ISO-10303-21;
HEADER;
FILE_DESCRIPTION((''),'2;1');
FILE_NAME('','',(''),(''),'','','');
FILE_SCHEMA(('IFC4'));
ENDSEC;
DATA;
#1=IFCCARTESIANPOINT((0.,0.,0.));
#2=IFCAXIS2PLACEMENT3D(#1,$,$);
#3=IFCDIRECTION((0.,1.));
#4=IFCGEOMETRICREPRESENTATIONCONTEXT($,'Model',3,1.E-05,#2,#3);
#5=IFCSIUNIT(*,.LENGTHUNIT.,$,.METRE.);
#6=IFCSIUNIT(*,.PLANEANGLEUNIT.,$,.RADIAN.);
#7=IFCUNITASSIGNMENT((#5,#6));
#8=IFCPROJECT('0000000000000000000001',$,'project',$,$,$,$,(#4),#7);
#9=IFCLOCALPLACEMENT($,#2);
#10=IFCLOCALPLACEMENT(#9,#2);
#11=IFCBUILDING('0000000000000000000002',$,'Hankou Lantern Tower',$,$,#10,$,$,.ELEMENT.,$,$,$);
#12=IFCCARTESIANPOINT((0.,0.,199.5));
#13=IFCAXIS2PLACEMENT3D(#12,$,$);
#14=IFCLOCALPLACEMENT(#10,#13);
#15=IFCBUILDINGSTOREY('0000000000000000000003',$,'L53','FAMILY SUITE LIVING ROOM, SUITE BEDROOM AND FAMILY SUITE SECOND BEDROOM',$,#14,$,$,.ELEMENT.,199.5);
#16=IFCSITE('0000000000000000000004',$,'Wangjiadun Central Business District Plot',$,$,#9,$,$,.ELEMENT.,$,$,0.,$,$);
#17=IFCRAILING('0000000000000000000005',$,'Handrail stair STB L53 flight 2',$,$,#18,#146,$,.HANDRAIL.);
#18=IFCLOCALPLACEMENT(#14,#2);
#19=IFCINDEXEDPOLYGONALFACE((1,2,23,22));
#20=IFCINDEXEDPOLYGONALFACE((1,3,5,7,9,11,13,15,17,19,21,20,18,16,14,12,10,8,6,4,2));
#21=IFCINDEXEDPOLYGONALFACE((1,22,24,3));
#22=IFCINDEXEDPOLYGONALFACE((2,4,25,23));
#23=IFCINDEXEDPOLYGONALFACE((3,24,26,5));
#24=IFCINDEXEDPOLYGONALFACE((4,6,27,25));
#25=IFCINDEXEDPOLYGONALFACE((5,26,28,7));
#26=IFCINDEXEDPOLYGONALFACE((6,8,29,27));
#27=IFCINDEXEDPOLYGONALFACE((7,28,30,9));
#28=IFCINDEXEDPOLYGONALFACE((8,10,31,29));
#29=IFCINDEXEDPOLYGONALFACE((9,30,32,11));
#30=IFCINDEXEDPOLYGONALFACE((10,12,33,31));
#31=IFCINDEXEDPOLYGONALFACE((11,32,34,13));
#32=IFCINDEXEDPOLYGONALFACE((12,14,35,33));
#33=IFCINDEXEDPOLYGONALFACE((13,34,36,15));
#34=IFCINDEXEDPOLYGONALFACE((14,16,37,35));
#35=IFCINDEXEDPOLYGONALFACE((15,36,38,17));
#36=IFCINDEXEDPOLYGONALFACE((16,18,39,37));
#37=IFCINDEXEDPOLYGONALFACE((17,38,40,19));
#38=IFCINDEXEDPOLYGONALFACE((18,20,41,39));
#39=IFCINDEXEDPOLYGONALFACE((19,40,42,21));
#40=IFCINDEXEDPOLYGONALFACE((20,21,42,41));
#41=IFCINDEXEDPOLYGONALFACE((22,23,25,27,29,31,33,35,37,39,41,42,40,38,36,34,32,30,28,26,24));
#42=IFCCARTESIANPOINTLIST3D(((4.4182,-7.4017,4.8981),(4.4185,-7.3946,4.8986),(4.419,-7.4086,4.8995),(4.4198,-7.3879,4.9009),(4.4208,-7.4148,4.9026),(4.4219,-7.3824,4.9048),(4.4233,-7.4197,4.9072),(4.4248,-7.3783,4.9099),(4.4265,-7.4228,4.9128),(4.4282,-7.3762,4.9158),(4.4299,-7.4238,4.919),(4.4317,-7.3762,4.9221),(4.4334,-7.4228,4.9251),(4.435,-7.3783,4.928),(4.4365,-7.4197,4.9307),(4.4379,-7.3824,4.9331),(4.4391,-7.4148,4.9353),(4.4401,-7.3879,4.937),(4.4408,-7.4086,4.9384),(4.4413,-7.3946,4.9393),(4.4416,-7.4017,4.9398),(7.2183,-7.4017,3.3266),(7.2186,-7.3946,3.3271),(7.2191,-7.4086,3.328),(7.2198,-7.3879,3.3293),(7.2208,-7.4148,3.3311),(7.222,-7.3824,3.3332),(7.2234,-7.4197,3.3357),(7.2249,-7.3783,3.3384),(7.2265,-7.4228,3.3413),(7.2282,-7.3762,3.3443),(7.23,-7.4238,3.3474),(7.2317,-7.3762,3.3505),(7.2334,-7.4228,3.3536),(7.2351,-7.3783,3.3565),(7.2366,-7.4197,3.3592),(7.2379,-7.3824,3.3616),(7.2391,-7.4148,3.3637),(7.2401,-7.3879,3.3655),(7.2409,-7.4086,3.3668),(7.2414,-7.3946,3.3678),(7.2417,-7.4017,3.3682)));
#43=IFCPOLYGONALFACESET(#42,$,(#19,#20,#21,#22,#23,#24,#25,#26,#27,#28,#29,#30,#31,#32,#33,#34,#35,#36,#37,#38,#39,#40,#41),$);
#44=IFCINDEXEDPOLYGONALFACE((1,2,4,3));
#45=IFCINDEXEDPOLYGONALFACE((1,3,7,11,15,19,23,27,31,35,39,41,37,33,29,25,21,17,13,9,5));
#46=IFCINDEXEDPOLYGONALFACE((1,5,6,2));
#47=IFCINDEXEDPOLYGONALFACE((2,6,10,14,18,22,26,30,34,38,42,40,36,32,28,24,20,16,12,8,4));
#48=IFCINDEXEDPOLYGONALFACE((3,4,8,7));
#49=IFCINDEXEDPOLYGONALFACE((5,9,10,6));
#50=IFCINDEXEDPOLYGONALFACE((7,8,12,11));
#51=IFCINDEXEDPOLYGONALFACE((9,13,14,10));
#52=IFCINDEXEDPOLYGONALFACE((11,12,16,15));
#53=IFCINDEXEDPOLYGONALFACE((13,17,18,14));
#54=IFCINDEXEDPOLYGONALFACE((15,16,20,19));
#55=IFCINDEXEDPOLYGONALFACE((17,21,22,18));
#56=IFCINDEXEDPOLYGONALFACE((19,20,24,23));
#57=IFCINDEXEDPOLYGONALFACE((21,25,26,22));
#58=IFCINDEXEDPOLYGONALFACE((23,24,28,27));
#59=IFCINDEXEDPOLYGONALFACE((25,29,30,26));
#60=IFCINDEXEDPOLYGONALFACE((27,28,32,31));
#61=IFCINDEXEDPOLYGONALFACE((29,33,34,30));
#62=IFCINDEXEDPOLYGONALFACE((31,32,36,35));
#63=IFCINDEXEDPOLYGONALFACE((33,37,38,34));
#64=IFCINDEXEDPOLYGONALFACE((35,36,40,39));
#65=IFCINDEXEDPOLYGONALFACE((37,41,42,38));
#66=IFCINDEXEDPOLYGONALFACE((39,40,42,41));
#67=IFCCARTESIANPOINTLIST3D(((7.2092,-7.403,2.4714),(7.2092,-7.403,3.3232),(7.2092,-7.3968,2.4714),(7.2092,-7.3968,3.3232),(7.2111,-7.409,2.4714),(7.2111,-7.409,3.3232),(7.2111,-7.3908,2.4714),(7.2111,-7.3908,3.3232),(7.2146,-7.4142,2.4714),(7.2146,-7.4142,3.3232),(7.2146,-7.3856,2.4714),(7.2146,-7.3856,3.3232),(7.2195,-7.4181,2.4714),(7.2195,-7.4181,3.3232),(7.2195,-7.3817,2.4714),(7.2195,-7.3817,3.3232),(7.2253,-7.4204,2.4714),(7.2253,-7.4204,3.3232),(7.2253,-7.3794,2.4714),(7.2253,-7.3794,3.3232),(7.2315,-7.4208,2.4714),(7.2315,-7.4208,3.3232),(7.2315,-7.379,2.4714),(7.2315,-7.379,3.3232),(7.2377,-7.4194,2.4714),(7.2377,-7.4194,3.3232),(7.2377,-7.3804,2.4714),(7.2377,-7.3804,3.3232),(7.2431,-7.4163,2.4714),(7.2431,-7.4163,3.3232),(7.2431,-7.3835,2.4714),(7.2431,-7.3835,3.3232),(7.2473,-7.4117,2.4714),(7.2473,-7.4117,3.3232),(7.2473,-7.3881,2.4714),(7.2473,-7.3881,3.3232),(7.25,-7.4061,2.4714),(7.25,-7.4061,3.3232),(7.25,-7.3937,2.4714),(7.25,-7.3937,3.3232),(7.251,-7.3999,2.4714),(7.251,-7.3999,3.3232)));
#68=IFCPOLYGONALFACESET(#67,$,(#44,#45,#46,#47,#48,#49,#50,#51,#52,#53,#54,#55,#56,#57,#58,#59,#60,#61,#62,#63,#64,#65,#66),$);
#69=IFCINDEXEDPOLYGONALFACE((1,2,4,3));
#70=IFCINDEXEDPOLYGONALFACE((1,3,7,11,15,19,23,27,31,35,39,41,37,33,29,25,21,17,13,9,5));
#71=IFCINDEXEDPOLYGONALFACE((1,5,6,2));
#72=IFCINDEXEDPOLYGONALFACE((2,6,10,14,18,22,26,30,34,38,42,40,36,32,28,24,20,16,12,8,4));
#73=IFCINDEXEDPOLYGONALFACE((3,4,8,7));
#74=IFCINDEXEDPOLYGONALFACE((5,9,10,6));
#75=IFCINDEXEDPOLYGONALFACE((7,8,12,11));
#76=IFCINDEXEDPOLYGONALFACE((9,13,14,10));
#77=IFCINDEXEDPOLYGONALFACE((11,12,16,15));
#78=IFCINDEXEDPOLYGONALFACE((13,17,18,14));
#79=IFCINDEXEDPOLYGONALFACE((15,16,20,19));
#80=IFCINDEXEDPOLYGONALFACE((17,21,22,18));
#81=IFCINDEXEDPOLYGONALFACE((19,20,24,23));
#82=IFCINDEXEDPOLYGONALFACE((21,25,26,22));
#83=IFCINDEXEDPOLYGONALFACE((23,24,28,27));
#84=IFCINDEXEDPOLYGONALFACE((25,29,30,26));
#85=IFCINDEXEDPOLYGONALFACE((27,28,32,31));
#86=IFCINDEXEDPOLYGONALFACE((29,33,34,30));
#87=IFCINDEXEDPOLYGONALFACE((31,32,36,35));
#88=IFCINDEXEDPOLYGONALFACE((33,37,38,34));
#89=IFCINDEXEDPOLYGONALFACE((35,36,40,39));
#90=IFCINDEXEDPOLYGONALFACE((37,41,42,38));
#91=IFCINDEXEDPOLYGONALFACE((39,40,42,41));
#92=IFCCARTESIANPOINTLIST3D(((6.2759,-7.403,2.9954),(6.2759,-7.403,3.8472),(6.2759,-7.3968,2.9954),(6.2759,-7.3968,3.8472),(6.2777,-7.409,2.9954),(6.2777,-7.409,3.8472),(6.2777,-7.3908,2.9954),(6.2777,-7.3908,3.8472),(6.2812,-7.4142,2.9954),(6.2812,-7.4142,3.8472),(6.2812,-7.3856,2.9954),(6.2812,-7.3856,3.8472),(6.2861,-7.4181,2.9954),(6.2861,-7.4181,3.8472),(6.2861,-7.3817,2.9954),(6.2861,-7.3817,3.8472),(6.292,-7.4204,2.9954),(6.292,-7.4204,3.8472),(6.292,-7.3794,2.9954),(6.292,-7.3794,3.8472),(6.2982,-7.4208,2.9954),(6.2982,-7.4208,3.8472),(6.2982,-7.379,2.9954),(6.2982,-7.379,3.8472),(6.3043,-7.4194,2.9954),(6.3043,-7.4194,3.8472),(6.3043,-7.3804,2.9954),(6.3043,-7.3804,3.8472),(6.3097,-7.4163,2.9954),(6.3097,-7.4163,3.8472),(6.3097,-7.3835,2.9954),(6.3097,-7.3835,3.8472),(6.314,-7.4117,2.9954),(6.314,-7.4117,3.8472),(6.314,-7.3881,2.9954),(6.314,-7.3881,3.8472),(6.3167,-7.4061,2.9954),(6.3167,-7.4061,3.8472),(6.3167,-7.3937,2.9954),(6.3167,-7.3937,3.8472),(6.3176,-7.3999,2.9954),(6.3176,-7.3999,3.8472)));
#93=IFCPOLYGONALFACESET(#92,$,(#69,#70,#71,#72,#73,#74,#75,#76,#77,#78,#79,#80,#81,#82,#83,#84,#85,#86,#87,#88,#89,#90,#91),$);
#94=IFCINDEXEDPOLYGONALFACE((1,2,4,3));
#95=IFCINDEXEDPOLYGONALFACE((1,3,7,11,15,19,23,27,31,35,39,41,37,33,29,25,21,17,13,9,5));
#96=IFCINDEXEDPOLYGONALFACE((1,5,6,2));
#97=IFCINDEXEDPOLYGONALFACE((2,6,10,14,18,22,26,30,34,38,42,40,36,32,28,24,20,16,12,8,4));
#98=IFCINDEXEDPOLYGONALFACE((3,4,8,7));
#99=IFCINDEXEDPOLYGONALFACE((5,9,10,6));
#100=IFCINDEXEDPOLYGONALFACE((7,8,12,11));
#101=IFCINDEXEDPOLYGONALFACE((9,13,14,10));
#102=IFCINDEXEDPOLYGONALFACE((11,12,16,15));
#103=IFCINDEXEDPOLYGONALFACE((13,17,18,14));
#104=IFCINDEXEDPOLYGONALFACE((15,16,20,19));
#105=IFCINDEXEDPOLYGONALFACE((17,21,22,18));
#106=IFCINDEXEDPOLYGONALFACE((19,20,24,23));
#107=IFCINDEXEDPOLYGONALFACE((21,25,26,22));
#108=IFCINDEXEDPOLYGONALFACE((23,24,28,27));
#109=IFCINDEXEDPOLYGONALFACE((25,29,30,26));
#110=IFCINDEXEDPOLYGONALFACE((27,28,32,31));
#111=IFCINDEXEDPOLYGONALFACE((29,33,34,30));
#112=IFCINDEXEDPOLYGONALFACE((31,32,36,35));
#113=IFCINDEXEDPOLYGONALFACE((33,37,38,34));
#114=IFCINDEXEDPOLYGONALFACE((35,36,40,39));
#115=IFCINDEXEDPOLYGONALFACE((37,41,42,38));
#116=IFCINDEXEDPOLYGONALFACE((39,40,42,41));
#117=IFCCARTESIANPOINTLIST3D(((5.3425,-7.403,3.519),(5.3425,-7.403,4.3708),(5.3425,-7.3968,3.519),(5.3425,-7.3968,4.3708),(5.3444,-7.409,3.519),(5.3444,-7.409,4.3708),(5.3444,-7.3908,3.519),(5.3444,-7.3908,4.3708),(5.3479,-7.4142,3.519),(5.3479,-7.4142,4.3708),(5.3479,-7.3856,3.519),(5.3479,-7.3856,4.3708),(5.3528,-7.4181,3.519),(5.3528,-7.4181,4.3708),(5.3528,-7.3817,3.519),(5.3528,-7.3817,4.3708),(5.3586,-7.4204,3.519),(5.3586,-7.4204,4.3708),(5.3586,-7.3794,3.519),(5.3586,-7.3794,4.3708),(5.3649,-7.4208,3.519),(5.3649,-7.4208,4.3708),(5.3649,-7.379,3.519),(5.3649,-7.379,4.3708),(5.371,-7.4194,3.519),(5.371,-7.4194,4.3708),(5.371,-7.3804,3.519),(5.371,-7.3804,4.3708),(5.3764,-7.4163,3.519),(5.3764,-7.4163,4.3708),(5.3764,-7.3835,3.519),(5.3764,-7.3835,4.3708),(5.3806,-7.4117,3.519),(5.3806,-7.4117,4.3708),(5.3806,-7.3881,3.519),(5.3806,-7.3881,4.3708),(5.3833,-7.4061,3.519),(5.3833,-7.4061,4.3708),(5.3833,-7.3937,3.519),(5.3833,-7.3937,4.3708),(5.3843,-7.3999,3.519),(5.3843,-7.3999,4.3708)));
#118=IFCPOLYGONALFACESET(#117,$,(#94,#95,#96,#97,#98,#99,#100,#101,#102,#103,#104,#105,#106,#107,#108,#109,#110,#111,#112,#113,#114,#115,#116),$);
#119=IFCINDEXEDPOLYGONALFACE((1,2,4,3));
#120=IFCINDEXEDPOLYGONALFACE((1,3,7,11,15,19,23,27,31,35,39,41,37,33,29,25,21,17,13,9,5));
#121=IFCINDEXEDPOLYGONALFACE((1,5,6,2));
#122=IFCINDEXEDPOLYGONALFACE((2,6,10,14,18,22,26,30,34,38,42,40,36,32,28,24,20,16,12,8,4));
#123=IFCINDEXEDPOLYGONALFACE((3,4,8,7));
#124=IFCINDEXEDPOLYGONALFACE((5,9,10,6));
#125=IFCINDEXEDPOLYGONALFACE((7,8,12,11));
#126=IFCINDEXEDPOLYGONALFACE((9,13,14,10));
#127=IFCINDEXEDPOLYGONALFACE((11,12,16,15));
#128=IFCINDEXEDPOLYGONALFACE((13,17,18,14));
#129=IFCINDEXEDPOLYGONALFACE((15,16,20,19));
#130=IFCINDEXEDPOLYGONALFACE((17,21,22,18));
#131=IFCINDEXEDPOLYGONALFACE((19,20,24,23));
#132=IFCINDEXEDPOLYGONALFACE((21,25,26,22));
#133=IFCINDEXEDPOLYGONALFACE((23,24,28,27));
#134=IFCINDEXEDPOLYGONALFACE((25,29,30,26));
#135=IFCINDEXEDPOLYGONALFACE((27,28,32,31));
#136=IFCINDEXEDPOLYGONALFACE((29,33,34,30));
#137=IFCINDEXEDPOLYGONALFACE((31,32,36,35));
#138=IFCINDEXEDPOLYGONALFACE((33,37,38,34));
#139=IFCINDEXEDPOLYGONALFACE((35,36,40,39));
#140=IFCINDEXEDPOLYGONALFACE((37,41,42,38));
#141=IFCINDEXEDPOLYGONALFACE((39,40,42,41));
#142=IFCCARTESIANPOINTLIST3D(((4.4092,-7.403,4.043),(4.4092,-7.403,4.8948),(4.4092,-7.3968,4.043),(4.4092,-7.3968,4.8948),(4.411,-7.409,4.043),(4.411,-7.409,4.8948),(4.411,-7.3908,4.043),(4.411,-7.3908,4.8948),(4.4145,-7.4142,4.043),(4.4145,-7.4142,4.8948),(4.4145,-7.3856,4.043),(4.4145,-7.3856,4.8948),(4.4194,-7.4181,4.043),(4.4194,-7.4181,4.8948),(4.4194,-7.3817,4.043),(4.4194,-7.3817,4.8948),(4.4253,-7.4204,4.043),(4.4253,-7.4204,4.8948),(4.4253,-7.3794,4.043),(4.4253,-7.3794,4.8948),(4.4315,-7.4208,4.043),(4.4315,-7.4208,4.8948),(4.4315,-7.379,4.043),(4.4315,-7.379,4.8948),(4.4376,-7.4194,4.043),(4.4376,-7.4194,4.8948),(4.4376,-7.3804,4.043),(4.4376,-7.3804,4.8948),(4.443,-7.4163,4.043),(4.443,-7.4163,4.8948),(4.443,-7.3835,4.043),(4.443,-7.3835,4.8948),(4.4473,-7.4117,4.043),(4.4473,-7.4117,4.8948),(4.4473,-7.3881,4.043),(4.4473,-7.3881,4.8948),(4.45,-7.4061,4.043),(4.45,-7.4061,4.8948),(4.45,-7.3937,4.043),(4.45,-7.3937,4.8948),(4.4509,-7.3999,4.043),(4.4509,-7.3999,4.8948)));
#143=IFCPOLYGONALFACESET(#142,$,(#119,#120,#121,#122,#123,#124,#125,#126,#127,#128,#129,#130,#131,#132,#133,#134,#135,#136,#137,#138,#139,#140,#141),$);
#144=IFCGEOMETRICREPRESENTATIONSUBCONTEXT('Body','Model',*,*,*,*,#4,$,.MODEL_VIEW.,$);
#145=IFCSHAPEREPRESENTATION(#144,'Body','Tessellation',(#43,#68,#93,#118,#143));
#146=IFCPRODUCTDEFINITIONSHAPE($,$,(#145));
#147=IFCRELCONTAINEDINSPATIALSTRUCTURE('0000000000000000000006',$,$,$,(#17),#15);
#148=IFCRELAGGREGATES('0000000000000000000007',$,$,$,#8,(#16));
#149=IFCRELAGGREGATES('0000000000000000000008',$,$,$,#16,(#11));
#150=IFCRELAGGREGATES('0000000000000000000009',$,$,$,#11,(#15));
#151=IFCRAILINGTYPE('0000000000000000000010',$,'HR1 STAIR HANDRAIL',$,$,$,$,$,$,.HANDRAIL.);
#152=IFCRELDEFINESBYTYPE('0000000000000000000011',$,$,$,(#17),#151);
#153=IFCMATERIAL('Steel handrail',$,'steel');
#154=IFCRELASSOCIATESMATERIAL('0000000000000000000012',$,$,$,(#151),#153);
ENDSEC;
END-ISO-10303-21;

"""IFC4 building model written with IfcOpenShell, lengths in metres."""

from ifc_helpers import new_model, si_unit, direction, frame, origin, origin_2d, place, context, subcontext, project, spatial, circle, extrude, material, type_object, element, save


model = new_model("IFC4")

# Units and contexts
model_context = context("Model", 3, precision=1e-05, world=origin(), true_north=direction((0.0, 1.0)))
body_context = subcontext(model_context, "Body", "Model", "MODEL_VIEW")
ifc_project = project(units=[si_unit("LENGTHUNIT", "METRE"), si_unit("PLANEANGLEUNIT", "RADIAN")], contexts=[model_context])

# Site, building, storey
site_placement = place(None, origin())
site = spatial("IfcSite", under=ifc_project, at=site_placement, Name="Wangjiadun Central Business District Plot", CompositionType="ELEMENT", RefElevation=0.0)
building_placement = place(site_placement, origin())
building = spatial("IfcBuilding", under=site, at=building_placement, Name="Hankou Lantern Tower", CompositionType="ELEMENT")
storey_placement = place(building_placement, frame((0.0, 0.0, 199.5)))
storey = spatial("IfcBuildingStorey", under=building, at=storey_placement, Name="L53", Description="FAMILY SUITE LIVING ROOM, SUITE BEDROOM AND FAMILY SUITE SECOND BEDROOM", CompositionType="ELEMENT", Elevation=199.5)

# Railing
ifc_material_1 = material(Name="Steel handrail", Category="steel")
railing_type = type_object("IfcRailingType", Name="HR1 STAIR HANDRAIL", PredefinedType="HANDRAIL", material=ifc_material_1)
railing_1_placement = place(storey_placement, frame((7.23, -7.3999, 2.4714)))
element("IfcRailing", 1, at=railing_1_placement, inside=storey, type_object=railing_type, Name="Handrail stair STB L53 flight 2", PredefinedType="HANDRAIL", context=body_context, shape_type="SweptSolid", body=[
    extrude(circle(Radius=0.0239, at=origin_2d()), frame((0.0, 0.0, 0.876), z_axis=(-0.87204, 0.0, 0.489434), x_axis=(0.0, -1.0, 0.0)), (0.0, 0.0, 1.0), 3.2109),
    extrude(circle(Radius=0.021, at=origin_2d()), origin(), (0.0, 0.0, 1.0), 0.8518),
    extrude(circle(Radius=0.021, at=origin_2d()), frame((-0.9333, 0.0, 0.5239)), (0.0, 0.0, 1.0), 0.8518),
    extrude(circle(Radius=0.021, at=origin_2d()), frame((-1.8667, 0.0, 1.0476)), (0.0, 0.0, 1.0), 0.8518),
    extrude(circle(Radius=0.021, at=origin_2d()), frame((-2.8, 0.0, 1.5715)), (0.0, 0.0, 1.0), 0.8518),
])

save(model, "model.ifc")
